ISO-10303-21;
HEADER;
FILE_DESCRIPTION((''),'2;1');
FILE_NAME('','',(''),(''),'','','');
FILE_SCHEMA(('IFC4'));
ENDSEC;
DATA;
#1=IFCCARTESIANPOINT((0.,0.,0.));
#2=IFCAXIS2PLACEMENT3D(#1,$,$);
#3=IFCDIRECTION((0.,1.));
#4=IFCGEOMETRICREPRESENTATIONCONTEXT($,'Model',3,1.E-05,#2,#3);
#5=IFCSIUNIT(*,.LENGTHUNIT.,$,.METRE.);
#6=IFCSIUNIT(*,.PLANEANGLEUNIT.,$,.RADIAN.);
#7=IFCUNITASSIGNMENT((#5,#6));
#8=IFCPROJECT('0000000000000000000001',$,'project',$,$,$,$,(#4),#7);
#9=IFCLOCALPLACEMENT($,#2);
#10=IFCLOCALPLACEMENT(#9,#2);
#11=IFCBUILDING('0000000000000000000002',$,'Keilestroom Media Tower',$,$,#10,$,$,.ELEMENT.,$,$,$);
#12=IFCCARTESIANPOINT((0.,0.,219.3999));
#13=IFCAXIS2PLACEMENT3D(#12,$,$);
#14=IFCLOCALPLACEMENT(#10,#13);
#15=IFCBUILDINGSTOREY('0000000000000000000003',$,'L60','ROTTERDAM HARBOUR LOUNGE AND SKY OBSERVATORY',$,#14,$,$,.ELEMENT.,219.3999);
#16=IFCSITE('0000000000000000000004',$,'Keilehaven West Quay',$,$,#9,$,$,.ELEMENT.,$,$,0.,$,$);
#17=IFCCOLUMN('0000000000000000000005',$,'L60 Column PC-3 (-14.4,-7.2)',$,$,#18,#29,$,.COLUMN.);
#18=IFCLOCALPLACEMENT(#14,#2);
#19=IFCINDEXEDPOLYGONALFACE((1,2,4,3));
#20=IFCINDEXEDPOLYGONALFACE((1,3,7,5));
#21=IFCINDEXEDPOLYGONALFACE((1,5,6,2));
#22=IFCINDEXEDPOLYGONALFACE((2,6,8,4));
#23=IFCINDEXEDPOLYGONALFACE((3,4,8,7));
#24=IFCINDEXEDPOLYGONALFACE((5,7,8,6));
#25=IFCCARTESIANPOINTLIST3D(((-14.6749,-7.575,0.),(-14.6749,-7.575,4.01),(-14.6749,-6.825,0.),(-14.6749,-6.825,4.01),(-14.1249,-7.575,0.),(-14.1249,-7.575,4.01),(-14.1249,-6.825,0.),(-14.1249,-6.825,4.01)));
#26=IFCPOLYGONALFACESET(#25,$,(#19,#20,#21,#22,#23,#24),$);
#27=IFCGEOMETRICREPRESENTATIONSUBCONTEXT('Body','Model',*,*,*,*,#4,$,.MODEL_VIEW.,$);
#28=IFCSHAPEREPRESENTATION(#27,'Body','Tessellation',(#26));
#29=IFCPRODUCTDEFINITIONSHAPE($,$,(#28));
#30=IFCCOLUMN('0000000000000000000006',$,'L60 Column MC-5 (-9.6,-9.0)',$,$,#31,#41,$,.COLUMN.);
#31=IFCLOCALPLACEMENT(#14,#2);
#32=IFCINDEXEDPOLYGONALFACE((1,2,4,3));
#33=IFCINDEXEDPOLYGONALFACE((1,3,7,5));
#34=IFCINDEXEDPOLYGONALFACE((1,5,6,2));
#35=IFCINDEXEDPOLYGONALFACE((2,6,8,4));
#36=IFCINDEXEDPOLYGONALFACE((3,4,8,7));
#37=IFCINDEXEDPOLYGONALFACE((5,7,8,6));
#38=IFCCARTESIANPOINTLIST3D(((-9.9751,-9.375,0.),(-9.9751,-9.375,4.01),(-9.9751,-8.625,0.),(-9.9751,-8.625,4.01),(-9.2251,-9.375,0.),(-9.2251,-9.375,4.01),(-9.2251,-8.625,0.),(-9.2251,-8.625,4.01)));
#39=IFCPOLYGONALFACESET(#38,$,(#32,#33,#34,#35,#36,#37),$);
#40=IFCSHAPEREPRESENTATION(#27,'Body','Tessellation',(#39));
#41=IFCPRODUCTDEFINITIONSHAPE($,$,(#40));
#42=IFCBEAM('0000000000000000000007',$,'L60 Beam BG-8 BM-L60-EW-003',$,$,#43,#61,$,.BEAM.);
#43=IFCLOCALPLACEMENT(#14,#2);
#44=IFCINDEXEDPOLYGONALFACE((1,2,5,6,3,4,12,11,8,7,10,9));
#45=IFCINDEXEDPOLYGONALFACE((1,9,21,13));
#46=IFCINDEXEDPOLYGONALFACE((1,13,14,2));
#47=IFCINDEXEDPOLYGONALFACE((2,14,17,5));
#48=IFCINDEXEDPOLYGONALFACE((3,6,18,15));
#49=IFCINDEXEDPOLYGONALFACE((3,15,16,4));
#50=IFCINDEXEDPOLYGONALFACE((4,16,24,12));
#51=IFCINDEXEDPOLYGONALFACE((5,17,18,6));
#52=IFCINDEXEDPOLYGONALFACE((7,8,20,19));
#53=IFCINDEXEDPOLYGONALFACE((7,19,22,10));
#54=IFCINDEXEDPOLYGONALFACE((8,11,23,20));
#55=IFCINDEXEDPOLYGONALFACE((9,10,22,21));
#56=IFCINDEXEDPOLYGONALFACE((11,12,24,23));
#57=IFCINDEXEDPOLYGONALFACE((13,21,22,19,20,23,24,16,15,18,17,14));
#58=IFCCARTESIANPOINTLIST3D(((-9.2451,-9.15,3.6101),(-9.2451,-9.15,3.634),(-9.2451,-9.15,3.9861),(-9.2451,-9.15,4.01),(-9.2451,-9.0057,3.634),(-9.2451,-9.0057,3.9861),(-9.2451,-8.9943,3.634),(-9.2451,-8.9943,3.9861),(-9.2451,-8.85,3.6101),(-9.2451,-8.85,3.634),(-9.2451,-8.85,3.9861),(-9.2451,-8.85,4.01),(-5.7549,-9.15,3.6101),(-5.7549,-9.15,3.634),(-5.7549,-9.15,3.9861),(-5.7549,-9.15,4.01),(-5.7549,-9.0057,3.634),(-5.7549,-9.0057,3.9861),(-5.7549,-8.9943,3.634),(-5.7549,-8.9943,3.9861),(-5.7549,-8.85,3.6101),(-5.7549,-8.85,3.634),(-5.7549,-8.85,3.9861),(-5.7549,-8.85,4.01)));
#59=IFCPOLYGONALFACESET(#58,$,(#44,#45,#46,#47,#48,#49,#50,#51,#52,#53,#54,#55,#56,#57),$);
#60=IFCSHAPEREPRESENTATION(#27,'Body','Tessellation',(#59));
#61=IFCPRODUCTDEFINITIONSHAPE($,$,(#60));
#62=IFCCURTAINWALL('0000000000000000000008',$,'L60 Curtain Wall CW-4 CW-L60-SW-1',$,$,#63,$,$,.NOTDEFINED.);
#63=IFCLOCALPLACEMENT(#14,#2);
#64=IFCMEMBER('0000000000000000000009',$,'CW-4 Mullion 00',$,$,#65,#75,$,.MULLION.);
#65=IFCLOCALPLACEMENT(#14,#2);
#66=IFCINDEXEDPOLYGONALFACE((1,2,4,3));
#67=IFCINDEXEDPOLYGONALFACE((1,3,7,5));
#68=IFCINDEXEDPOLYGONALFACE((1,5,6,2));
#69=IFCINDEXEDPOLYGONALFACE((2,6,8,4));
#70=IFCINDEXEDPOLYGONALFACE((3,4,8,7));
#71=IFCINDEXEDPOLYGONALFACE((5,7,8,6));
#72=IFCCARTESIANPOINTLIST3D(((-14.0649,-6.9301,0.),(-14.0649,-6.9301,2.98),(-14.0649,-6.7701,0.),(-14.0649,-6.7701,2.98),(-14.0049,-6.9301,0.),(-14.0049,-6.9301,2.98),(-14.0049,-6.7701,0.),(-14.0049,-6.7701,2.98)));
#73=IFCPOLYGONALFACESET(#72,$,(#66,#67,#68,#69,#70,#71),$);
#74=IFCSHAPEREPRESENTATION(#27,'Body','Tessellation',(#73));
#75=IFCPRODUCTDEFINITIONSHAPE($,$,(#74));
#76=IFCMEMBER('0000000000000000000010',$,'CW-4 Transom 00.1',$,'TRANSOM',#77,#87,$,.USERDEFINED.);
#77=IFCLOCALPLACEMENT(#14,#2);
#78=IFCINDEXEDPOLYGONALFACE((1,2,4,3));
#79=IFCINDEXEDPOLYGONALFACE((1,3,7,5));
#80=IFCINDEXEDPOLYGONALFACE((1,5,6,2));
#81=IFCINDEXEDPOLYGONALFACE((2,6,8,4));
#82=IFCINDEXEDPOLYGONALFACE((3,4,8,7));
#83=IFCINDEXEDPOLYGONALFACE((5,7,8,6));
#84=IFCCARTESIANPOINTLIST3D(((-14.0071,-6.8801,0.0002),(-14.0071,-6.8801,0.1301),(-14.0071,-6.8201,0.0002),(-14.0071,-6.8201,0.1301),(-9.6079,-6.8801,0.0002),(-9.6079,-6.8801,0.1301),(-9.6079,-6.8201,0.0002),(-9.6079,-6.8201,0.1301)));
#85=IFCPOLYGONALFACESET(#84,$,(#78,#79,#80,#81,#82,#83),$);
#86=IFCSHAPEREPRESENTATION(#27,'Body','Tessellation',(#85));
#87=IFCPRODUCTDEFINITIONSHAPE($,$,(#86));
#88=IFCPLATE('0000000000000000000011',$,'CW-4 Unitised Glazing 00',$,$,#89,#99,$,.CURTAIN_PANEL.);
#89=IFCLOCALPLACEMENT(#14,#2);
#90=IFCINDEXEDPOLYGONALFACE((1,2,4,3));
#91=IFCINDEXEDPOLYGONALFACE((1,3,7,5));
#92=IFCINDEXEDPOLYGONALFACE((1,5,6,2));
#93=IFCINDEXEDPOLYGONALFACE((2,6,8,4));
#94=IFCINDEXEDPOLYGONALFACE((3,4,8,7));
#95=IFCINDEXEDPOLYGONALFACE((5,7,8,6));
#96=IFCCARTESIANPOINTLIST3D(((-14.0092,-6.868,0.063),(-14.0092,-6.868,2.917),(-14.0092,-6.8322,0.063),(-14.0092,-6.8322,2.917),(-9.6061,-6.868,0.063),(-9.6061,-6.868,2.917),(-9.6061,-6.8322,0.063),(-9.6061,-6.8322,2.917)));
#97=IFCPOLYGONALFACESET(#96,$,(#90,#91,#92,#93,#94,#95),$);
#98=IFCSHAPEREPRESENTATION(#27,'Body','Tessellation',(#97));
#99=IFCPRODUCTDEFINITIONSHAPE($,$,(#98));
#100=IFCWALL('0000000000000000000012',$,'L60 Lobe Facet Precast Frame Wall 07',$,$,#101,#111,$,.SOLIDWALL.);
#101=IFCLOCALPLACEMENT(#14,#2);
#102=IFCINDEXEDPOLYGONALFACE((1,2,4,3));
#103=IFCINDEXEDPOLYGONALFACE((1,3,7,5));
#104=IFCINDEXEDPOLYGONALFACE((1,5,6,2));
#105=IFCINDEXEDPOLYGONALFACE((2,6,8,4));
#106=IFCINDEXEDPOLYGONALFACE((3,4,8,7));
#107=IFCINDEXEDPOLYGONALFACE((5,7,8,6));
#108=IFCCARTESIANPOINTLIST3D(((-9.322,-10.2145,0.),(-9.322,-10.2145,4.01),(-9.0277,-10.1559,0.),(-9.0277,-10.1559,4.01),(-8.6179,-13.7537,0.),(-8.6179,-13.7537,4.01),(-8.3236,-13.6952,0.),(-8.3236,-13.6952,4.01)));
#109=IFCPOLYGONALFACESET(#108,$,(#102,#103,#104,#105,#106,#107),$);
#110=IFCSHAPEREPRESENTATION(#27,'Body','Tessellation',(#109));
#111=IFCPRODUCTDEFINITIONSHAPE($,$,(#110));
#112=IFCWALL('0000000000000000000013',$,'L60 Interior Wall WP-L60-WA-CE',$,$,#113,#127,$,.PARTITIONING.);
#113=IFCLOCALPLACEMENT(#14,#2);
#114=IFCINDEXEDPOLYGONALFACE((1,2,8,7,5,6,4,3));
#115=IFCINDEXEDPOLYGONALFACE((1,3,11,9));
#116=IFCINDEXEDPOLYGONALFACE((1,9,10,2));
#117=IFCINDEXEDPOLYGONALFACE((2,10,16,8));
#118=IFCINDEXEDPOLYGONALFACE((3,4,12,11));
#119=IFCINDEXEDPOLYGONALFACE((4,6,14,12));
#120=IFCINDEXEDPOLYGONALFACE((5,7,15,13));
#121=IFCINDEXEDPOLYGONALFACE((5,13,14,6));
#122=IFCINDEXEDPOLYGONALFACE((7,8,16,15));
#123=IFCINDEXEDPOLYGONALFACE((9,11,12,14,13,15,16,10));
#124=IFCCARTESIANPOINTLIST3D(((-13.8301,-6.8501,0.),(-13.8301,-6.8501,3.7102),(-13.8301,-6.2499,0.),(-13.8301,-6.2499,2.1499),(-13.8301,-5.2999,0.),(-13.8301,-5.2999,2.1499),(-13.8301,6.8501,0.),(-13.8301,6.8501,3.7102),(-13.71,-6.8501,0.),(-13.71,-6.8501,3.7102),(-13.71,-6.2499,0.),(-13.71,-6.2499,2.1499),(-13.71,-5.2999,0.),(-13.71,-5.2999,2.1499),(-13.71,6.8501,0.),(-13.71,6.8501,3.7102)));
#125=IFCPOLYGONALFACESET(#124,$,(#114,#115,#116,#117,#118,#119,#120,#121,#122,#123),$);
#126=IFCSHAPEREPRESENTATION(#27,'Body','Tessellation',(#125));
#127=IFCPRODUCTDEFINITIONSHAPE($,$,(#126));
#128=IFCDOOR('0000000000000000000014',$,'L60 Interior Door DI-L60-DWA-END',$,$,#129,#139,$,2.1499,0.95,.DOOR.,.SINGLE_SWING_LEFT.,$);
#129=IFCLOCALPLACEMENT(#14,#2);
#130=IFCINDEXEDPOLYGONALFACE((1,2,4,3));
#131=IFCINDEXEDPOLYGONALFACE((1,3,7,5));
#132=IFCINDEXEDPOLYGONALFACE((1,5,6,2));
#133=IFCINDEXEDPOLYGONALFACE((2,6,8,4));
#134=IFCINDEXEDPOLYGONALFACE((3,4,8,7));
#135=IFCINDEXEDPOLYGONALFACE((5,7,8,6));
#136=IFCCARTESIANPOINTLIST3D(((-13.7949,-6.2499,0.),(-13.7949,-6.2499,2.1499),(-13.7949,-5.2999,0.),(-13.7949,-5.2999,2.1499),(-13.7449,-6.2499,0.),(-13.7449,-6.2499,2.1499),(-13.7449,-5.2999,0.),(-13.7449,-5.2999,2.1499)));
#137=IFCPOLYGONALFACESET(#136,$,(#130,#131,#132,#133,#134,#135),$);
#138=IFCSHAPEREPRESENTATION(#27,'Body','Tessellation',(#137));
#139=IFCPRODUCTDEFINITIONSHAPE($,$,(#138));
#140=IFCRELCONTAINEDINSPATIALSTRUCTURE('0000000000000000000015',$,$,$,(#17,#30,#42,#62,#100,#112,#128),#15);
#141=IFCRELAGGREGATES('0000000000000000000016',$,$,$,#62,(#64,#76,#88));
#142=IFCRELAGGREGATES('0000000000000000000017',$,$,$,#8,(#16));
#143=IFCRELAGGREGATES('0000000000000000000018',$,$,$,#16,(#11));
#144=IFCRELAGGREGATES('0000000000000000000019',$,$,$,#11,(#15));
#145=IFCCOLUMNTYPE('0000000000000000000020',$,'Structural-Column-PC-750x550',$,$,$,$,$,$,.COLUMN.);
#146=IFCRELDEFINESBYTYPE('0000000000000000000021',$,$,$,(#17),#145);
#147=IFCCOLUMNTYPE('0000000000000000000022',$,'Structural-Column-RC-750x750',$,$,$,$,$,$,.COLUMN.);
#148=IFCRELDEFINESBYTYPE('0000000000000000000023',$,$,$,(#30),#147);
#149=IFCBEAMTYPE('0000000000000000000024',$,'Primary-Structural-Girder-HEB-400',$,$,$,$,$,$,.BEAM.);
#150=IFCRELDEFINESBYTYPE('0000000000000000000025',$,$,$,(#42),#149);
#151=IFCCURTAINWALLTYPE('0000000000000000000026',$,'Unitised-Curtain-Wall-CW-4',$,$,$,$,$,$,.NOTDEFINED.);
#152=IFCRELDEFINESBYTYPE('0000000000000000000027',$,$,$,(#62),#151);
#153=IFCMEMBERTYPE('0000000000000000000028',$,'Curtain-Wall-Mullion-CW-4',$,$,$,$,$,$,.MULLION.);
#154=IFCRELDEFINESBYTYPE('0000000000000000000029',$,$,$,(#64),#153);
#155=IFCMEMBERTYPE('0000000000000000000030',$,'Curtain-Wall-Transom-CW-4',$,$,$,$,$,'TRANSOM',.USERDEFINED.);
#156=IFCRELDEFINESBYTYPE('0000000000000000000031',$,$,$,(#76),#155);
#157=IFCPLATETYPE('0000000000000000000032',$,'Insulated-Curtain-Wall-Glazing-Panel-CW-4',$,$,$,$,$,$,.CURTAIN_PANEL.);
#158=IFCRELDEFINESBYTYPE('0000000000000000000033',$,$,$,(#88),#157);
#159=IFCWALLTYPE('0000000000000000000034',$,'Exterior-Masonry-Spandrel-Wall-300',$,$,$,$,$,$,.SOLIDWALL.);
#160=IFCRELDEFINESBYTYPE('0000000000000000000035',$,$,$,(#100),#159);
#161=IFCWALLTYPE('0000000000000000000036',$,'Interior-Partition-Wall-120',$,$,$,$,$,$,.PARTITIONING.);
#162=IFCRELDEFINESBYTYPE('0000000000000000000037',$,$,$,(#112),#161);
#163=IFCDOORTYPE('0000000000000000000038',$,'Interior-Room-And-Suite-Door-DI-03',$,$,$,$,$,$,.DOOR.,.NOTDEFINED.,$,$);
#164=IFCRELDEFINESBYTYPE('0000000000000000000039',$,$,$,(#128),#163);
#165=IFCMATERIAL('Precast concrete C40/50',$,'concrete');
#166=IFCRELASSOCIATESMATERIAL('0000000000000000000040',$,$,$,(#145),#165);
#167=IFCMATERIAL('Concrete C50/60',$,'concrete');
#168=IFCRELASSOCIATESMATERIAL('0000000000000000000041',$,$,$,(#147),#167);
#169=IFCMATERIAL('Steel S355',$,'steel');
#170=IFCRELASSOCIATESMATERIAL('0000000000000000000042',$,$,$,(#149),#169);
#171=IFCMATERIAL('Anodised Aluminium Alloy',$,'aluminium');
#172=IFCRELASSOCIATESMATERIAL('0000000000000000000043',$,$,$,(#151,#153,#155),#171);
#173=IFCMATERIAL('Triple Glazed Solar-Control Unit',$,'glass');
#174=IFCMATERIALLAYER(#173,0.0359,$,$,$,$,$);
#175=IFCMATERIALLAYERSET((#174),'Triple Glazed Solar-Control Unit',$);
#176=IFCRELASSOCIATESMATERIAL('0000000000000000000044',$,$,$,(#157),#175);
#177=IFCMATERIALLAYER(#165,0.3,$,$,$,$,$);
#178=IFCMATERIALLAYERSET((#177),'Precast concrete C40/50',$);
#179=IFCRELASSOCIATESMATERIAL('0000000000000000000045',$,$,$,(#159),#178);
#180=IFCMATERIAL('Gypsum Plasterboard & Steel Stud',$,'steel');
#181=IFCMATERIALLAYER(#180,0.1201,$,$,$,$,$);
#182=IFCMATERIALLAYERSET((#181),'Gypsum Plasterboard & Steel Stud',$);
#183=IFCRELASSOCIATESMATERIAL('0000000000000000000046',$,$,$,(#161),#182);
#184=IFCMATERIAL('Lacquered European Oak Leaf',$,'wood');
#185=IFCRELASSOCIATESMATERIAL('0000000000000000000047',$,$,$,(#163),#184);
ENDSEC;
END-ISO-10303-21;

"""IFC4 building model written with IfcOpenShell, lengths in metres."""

from ifc_helpers import new_model, si_unit, direction, frame, frame_2d, origin, origin_2d, place, context, subcontext, project, spatial, rectangle, i_section, extrude, source, transform, mapped, material, layer, layer_set, material_profile, profile_set, type_object, element, fill, aggregate, save


model = new_model("IFC4")

# Units and contexts
model_context = context("Model", 3, precision=1e-05, world=origin(), true_north=direction((0.0, 1.0)))
body_context = subcontext(model_context, "Body", "Model", "MODEL_VIEW")
ifc_project = project(units=[si_unit("LENGTHUNIT", "METRE"), si_unit("PLANEANGLEUNIT", "RADIAN")], contexts=[model_context])

# Site, building, storey
site_placement = place(None, origin())
site = spatial("IfcSite", under=ifc_project, at=site_placement, Name="Keilehaven West Quay", CompositionType="ELEMENT", RefElevation=0.0)
building_placement = place(site_placement, origin())
building = spatial("IfcBuilding", under=site, at=building_placement, Name="Keilestroom Media Tower", CompositionType="ELEMENT")
storey_placement = place(building_placement, frame((0.0, 0.0, 219.3999)))
storey = spatial("IfcBuildingStorey", under=building, at=storey_placement, Name="L60", Description="ROTTERDAM HARBOUR LOUNGE AND SKY OBSERVATORY", CompositionType="ELEMENT", Elevation=219.3999)

# Columns
ifc_material_1 = material(Name="Precast concrete C40/50", Category="concrete")
ifc_material_profile_1 = material_profile(ifc_material_1, rectangle(XDim=0.55, YDim=0.75, at=origin_2d()), Name="PC 750x550")
ifc_profile_set_1 = profile_set([ifc_material_profile_1], Name="Precast concrete C40/50")
column_type_1 = type_object("IfcColumnType", Name="Structural-Column-PC-750x550", PredefinedType="COLUMN", material=ifc_profile_set_1)
shared_shape_1 = source(origin(), body_context, "Body", "SweptSolid", [
    extrude(rectangle(XDim=0.55, YDim=0.75, at=origin_2d()), origin(), (0.0, 0.0, 1.0), 4.01),
])
column_1_placement = place(storey_placement, frame((-14.3999, -7.2, 0.0), z_axis=(0.0, 0.0, 1.0), x_axis=(1.0, 0.0, 0.0)))
element("IfcColumn", 1, at=column_1_placement, inside=storey, type_object=column_type_1, Name="L60 Column PC-3 (-14.4,-7.2)", PredefinedType="COLUMN", context=body_context, shape_type="MappedRepresentation", body=[
    mapped(shared_shape_1, transform((0.0, 0.0, 0.0), x_axis=(1.0, 0.0, 0.0), y_axis=(0.0, 1.0, 0.0), z_axis=(0.0, 0.0, 1.0), scale=1.0)),
])
ifc_material_2 = material(Name="Concrete C50/60", Category="concrete")
ifc_material_profile_2 = material_profile(ifc_material_2, rectangle(XDim=0.75, YDim=0.75, at=origin_2d()), Name="RC 750x750")
ifc_profile_set_2 = profile_set([ifc_material_profile_2], Name="Concrete C50/60")
column_type_2 = type_object("IfcColumnType", Name="Structural-Column-RC-750x750", PredefinedType="COLUMN", material=ifc_profile_set_2)
shared_shape_2 = source(origin(), body_context, "Body", "SweptSolid", [
    extrude(rectangle(XDim=0.75, YDim=0.75, at=origin_2d()), origin(), (0.0, 0.0, 1.0), 4.01),
])
column_2_placement = place(storey_placement, frame((-9.6001, -9.0, 0.0), z_axis=(0.0, 0.0, 1.0), x_axis=(1.0, 0.0, 0.0)))
element("IfcColumn", 2, at=column_2_placement, inside=storey, type_object=column_type_2, Name="L60 Column MC-5 (-9.6,-9.0)", PredefinedType="COLUMN", context=body_context, shape_type="MappedRepresentation", body=[
    mapped(shared_shape_2, transform((0.0, 0.0, 0.0), x_axis=(1.0, 0.0, 0.0), y_axis=(0.0, 1.0, 0.0), z_axis=(0.0, 0.0, 1.0), scale=1.0)),
])

# Beam
ifc_material_3 = material(Name="Steel S355", Category="steel")
ifc_material_profile_3 = material_profile(ifc_material_3, i_section(OverallWidth=0.3, OverallDepth=0.3999, WebThickness=0.0115, FlangeThickness=0.0239, at=origin_2d()), Name="HEB 400")
ifc_profile_set_3 = profile_set([ifc_material_profile_3], Name="Steel S355")
beam_type = type_object("IfcBeamType", Name="Primary-Structural-Girder-HEB-400", PredefinedType="BEAM", material=ifc_profile_set_3)
shared_shape_3 = source(origin(), body_context, "Body", "SweptSolid", [
    extrude(i_section(OverallWidth=0.3, OverallDepth=0.3999, WebThickness=0.0115, FlangeThickness=0.0239, at=origin_2d()), origin(), (0.0, 0.0, 1.0), 3.4902),
])
beam_placement = place(storey_placement, frame((-9.2451, -9.0, 3.8101), z_axis=(1.0, 0.0, 0.0), x_axis=(0.0, 1.0, 0.0)))
element("IfcBeam", 3, at=beam_placement, inside=storey, type_object=beam_type, Name="L60 Beam BG-8 BM-L60-EW-003", PredefinedType="BEAM", context=body_context, shape_type="MappedRepresentation", body=[
    mapped(shared_shape_3, transform((0.0, 0.0, 0.0), x_axis=(1.0, 0.0, 0.0), y_axis=(0.0, 1.0, 0.0), z_axis=(0.0, 0.0, 1.0), scale=1.0)),
])

# Curtain wall, members, plate
ifc_material_4 = material(Name="Anodised Aluminium Alloy", Category="aluminium")
curtain_wall_type = type_object("IfcCurtainWallType", Name="Unitised-Curtain-Wall-CW-4", PredefinedType="NOTDEFINED", material=ifc_material_4)
curtain_wall_placement = place(storey_placement, origin())
curtain_wall = element("IfcCurtainWall", 4, at=curtain_wall_placement, inside=storey, type_object=curtain_wall_type, Name="L60 Curtain Wall CW-4 CW-L60-SW-1", PredefinedType="NOTDEFINED")
ifc_material_profile_4 = material_profile(ifc_material_4, rectangle(XDim=0.0601, YDim=0.1599, at=origin_2d()), Name="ALU MULLION 60x160")
ifc_profile_set_4 = profile_set([ifc_material_profile_4], Name="Anodised Aluminium Alloy")
member_type_1 = type_object("IfcMemberType", Name="Curtain-Wall-Mullion-CW-4", PredefinedType="MULLION", material=ifc_profile_set_4)
shared_shape_4 = source(origin(), body_context, "Body", "SweptSolid", [
    extrude(rectangle(XDim=0.0601, YDim=0.1599, at=origin_2d()), origin(), (0.0, 0.0, 1.0), 2.98),
])
member_1_placement = place(storey_placement, frame((-14.0349, -6.8501, 0.0), z_axis=(0.0, 0.0, 1.0), x_axis=(1.0, 0.0, 0.0)))
member_1 = element("IfcMember", 5, at=member_1_placement, type_object=member_type_1, Name="CW-4 Mullion 00", PredefinedType="MULLION", context=body_context, shape_type="MappedRepresentation", body=[
    mapped(shared_shape_4, transform((0.0, 0.0, 0.0), x_axis=(1.0, 0.0, 0.0), y_axis=(0.0, 1.0, 0.0), z_axis=(0.0, 0.0, 1.0), scale=1.0)),
])
ifc_material_profile_5 = material_profile(ifc_material_4, rectangle(XDim=0.0601, YDim=0.1299, at=origin_2d()), Name="ALU TRANSOM 60x130")
ifc_profile_set_5 = profile_set([ifc_material_profile_5], Name="Anodised Aluminium Alloy")
member_type_2 = type_object("IfcMemberType", Name="Curtain-Wall-Transom-CW-4", ElementType="TRANSOM", PredefinedType="USERDEFINED", material=ifc_profile_set_5)
shared_shape_5 = source(origin(), body_context, "Body", "SweptSolid", [
    extrude(rectangle(XDim=0.0601, YDim=0.1299, at=origin_2d()), origin(), (0.0, 0.0, 1.0), 4.3992),
])
member_2_placement = place(storey_placement, frame((-14.0071, -6.8501, 0.0652), z_axis=(1.0, 0.0, 0.0), x_axis=(0.0, 1.0, 0.0)))
member_2 = element("IfcMember", 6, at=member_2_placement, type_object=member_type_2, Name="CW-4 Transom 00.1", ObjectType="TRANSOM", PredefinedType="USERDEFINED", context=body_context, shape_type="MappedRepresentation", body=[
    mapped(shared_shape_5, transform((0.0, 0.0, 0.0), x_axis=(1.0, 0.0, 0.0), y_axis=(0.0, 1.0, 0.0), z_axis=(0.0, 0.0, 1.0), scale=1.0)),
])
ifc_material_5 = material(Name="Triple Glazed Solar-Control Unit", Category="glass")
ifc_layer_1 = layer(ifc_material_5, 0.0359)
ifc_layer_set_1 = layer_set([ifc_layer_1], Name="Triple Glazed Solar-Control Unit")
plate_type = type_object("IfcPlateType", Name="Insulated-Curtain-Wall-Glazing-Panel-CW-4", PredefinedType="CURTAIN_PANEL", material=ifc_layer_set_1)
shared_shape_6 = source(origin(), body_context, "Body", "SweptSolid", [
    extrude(rectangle(XDim=4.4031, YDim=0.0359, at=origin_2d()), origin(), (0.0, 0.0, 1.0), 2.854),
])
plate_placement = place(storey_placement, frame((-11.8076, -6.8501, 0.063), z_axis=(0.0, 0.0, 1.0), x_axis=(1.0, 0.0, 0.0)))
plate = element("IfcPlate", 7, at=plate_placement, type_object=plate_type, Name="CW-4 Unitised Glazing 00", PredefinedType="CURTAIN_PANEL", context=body_context, shape_type="MappedRepresentation", body=[
    mapped(shared_shape_6, transform((0.0, 0.0, 0.0), x_axis=(1.0, 0.0, 0.0), y_axis=(0.0, 1.0, 0.0), z_axis=(0.0, 0.0, 1.0), scale=1.0)),
])
aggregate(curtain_wall, [member_1, member_2, plate])

# Wall
ifc_layer_2 = layer(ifc_material_1, 0.3)
ifc_layer_set_2 = layer_set([ifc_layer_2], Name="Precast concrete C40/50")
wall_type_1 = type_object("IfcWallType", Name="Exterior-Masonry-Spandrel-Wall-300", PredefinedType="SOLIDWALL", material=ifc_layer_set_2)
wall_1_placement = place(storey_placement, frame((-9.1748, -10.1853, 0.0), z_axis=(0.0, 0.0, 1.0), x_axis=(0.195114, -0.980781, 0.0)))
element("IfcWall", 8, at=wall_1_placement, inside=storey, type_object=wall_type_1, Name="L60 Lobe Facet Precast Frame Wall 07", PredefinedType="SOLIDWALL", context=body_context, shape_type="SweptSolid", body=[
    extrude(rectangle(XDim=3.6086, YDim=0.3, at=frame_2d((1.8042, 0.0))), origin(), (0.0, 0.0, 1.0), 4.01),
])

# Wall, opening, door
ifc_material_6 = material(Name="Gypsum Plasterboard & Steel Stud", Category="steel")
ifc_layer_3 = layer(ifc_material_6, 0.1201)
ifc_layer_set_3 = layer_set([ifc_layer_3], Name="Gypsum Plasterboard & Steel Stud")
wall_type_2 = type_object("IfcWallType", Name="Interior-Partition-Wall-120", PredefinedType="PARTITIONING", material=ifc_layer_set_3)
wall_2_placement = place(storey_placement, frame((-13.77, -6.8501, 0.0), z_axis=(0.0, 0.0, 1.0), x_axis=(0.0, 1.0, 0.0)))
wall_2 = element("IfcWall", 9, at=wall_2_placement, inside=storey, type_object=wall_type_2, Name="L60 Interior Wall WP-L60-WA-CE", PredefinedType="PARTITIONING", context=body_context, shape_type="SweptSolid", body=[
    extrude(rectangle(XDim=13.7002, YDim=0.1201, at=frame_2d((6.8501, 0.0))), origin(), (0.0, 0.0, 1.0), 3.7102),
])
opening_1_placement = place(wall_2_placement, frame((0.6001, 0.0, 0.0)))
opening_1 = element("IfcOpeningElement", 10, at=opening_1_placement, cuts=wall_2, PredefinedType="OPENING", context=body_context, shape_type="SweptSolid", body=[
    extrude(rectangle(XDim=0.95, YDim=2.1499, at=frame_2d((0.4751, 1.075))), frame((0.0, 0.0701, 0.0), z_axis=(0.0, -1.0, 0.0), x_axis=(1.0, 0.0, 0.0)), (0.0, 0.0, 1.0), 0.1401),
])
ifc_material_7 = material(Name="Lacquered European Oak Leaf", Category="wood")
door_type_1 = type_object("IfcDoorType", Name="Interior-Room-And-Suite-Door-DI-03", OperationType="NOTDEFINED", PredefinedType="DOOR", material=ifc_material_7)
shared_shape_7 = source(origin(), body_context, "Body", "SweptSolid", [
    extrude(rectangle(XDim=0.95, YDim=2.1499, at=frame_2d((0.4751, 1.075))), frame((0.0, 0.0249, 0.0), z_axis=(0.0, -1.0, 0.0), x_axis=(1.0, 0.0, 0.0)), (0.0, 0.0, 1.0), 0.05),
])
door_1_placement = place(opening_1_placement, origin())
door_1 = element("IfcDoor", 11, at=door_1_placement, inside=storey, type_object=door_type_1, Name="L60 Interior Door DI-L60-DWA-END", OperationType="SINGLE_SWING_LEFT", OverallHeight=2.1499, OverallWidth=0.95, PredefinedType="DOOR", context=body_context, shape_type="MappedRepresentation", body=[
    mapped(shared_shape_7, transform((0.0, 0.0, 0.0), x_axis=(1.0, 0.0, 0.0), y_axis=(0.0, 1.0, 0.0), z_axis=(0.0, 0.0, 1.0), scale=1.0)),
])
fill(opening_1, door_1)

save(model, "model.ifc")
